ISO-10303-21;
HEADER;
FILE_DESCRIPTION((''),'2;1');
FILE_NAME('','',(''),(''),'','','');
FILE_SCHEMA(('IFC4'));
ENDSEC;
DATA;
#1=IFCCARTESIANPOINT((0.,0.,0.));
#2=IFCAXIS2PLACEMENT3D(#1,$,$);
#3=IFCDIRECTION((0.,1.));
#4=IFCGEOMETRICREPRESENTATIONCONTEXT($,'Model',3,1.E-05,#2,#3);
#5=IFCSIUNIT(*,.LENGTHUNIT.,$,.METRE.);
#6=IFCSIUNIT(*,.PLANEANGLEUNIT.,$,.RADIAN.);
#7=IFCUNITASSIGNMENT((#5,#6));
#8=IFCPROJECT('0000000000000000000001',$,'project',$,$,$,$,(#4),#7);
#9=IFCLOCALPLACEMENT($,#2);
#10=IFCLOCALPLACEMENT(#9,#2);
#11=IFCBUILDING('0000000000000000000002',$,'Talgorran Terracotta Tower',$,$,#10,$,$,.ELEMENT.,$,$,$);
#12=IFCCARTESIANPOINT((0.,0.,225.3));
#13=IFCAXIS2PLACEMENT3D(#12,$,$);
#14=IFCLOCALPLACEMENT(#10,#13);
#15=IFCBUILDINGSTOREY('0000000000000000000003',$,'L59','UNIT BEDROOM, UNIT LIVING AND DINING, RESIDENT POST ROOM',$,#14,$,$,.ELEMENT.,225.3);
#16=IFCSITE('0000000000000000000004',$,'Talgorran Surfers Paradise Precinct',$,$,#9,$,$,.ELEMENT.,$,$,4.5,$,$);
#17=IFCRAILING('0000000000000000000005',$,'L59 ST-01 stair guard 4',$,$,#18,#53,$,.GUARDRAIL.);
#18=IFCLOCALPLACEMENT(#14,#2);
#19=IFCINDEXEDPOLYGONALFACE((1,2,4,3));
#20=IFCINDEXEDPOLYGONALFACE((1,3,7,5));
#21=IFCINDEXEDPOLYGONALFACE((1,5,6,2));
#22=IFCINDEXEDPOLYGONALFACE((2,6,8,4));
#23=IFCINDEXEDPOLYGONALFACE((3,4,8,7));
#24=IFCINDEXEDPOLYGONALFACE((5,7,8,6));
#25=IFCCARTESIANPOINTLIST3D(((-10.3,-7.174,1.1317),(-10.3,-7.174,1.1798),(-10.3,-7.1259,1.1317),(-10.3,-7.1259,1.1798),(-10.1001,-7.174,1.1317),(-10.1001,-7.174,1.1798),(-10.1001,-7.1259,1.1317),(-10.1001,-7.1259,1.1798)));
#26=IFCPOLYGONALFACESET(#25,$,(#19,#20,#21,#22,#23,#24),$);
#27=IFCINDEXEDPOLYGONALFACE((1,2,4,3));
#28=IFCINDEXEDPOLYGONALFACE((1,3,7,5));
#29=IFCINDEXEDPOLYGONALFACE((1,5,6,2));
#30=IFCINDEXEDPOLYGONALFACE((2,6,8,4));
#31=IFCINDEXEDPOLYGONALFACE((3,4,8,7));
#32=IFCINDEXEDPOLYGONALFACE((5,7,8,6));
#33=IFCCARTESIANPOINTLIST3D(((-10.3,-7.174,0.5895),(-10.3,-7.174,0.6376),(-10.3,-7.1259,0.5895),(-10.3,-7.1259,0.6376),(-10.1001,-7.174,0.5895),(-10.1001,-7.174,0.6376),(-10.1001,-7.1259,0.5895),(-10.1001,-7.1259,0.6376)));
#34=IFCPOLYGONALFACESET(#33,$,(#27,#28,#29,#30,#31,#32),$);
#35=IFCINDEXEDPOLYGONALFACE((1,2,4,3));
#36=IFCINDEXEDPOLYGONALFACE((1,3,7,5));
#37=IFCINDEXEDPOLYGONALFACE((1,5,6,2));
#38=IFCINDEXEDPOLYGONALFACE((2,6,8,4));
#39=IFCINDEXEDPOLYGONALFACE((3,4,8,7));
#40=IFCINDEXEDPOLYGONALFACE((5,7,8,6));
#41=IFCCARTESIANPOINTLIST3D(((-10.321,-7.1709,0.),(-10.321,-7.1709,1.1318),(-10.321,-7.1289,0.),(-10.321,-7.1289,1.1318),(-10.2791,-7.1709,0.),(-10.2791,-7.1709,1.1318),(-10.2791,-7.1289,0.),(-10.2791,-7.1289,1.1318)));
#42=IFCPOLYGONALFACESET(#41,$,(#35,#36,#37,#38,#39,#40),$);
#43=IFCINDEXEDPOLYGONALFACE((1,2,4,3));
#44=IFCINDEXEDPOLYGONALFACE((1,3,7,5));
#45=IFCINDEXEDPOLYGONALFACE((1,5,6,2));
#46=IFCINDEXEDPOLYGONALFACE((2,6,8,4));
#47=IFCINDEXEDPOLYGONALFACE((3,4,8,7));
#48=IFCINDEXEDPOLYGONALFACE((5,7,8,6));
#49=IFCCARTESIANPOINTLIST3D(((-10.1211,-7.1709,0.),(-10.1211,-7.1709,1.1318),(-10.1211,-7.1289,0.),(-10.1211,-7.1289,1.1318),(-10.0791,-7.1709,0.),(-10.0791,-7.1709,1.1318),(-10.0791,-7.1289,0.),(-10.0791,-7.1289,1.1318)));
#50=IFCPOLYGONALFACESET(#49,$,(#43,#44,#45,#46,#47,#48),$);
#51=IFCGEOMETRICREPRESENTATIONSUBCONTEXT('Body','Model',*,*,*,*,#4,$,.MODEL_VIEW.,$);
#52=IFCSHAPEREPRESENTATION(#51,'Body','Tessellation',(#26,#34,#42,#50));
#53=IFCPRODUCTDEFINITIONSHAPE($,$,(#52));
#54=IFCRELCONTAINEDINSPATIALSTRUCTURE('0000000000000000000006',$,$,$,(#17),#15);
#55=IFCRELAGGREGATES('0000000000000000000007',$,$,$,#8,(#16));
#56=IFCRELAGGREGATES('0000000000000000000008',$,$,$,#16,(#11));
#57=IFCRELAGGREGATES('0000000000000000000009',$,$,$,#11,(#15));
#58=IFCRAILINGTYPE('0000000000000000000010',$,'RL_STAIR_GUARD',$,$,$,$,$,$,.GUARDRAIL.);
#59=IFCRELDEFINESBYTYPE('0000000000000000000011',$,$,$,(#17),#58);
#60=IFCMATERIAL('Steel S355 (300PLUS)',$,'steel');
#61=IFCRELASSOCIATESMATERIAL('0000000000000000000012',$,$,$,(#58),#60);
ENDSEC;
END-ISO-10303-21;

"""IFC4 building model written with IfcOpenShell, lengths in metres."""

from ifc_helpers import new_model, si_unit, direction, frame, origin, origin_2d, place, context, subcontext, project, spatial, rectangle, extrude, material, type_object, element, save


model = new_model("IFC4")

# Units and contexts
model_context = context("Model", 3, precision=1e-05, world=origin(), true_north=direction((0.0, 1.0)))
body_context = subcontext(model_context, "Body", "Model", "MODEL_VIEW")
ifc_project = project(units=[si_unit("LENGTHUNIT", "METRE"), si_unit("PLANEANGLEUNIT", "RADIAN")], contexts=[model_context])

# Site, building, storey
site_placement = place(None, origin())
site = spatial("IfcSite", under=ifc_project, at=site_placement, Name="Talgorran Surfers Paradise Precinct", CompositionType="ELEMENT", RefElevation=4.5)
building_placement = place(site_placement, origin())
building = spatial("IfcBuilding", under=site, at=building_placement, Name="Talgorran Terracotta Tower", CompositionType="ELEMENT")
storey_placement = place(building_placement, frame((0.0, 0.0, 225.3)))
storey = spatial("IfcBuildingStorey", under=building, at=storey_placement, Name="L59", Description="UNIT BEDROOM, UNIT LIVING AND DINING, RESIDENT POST ROOM", CompositionType="ELEMENT", Elevation=225.3)

# Shared definitions
ifc_material_1 = material(Name="Steel S355 (300PLUS)", Category="steel")

# Railing
railing_type_1 = type_object("IfcRailingType", Name="RL_STAIR_GUARD", PredefinedType="GUARDRAIL", material=ifc_material_1)
railing_1_placement = place(storey_placement, frame((-10.3, -7.1499, 0.0)))
element("IfcRailing", 1, at=railing_1_placement, inside=storey, type_object=railing_type_1, Name="L59 ST-01 stair guard 4", PredefinedType="GUARDRAIL", context=body_context, shape_type="SweptSolid", body=[
    extrude(rectangle(XDim=0.0481, YDim=0.0481, at=origin_2d()), frame((0.0, 0.0, 1.1558), z_axis=(1.0, 0.0, 0.0), x_axis=(0.0, 1.0, 0.0)), (0.0, 0.0, 1.0), 0.2),
    extrude(rectangle(XDim=0.0481, YDim=0.0481, at=origin_2d()), frame((0.0, 0.0, 0.6135), z_axis=(1.0, 0.0, 0.0), x_axis=(0.0, 1.0, 0.0)), (0.0, 0.0, 1.0), 0.2),
    extrude(rectangle(XDim=0.042, YDim=0.042, at=origin_2d()), origin(), (0.0, 0.0, 1.0), 1.1318),
    extrude(rectangle(XDim=0.042, YDim=0.042, at=origin_2d()), frame((0.2, 0.0, 0.0)), (0.0, 0.0, 1.0), 1.1318),
])

save(model, "model.ifc")
